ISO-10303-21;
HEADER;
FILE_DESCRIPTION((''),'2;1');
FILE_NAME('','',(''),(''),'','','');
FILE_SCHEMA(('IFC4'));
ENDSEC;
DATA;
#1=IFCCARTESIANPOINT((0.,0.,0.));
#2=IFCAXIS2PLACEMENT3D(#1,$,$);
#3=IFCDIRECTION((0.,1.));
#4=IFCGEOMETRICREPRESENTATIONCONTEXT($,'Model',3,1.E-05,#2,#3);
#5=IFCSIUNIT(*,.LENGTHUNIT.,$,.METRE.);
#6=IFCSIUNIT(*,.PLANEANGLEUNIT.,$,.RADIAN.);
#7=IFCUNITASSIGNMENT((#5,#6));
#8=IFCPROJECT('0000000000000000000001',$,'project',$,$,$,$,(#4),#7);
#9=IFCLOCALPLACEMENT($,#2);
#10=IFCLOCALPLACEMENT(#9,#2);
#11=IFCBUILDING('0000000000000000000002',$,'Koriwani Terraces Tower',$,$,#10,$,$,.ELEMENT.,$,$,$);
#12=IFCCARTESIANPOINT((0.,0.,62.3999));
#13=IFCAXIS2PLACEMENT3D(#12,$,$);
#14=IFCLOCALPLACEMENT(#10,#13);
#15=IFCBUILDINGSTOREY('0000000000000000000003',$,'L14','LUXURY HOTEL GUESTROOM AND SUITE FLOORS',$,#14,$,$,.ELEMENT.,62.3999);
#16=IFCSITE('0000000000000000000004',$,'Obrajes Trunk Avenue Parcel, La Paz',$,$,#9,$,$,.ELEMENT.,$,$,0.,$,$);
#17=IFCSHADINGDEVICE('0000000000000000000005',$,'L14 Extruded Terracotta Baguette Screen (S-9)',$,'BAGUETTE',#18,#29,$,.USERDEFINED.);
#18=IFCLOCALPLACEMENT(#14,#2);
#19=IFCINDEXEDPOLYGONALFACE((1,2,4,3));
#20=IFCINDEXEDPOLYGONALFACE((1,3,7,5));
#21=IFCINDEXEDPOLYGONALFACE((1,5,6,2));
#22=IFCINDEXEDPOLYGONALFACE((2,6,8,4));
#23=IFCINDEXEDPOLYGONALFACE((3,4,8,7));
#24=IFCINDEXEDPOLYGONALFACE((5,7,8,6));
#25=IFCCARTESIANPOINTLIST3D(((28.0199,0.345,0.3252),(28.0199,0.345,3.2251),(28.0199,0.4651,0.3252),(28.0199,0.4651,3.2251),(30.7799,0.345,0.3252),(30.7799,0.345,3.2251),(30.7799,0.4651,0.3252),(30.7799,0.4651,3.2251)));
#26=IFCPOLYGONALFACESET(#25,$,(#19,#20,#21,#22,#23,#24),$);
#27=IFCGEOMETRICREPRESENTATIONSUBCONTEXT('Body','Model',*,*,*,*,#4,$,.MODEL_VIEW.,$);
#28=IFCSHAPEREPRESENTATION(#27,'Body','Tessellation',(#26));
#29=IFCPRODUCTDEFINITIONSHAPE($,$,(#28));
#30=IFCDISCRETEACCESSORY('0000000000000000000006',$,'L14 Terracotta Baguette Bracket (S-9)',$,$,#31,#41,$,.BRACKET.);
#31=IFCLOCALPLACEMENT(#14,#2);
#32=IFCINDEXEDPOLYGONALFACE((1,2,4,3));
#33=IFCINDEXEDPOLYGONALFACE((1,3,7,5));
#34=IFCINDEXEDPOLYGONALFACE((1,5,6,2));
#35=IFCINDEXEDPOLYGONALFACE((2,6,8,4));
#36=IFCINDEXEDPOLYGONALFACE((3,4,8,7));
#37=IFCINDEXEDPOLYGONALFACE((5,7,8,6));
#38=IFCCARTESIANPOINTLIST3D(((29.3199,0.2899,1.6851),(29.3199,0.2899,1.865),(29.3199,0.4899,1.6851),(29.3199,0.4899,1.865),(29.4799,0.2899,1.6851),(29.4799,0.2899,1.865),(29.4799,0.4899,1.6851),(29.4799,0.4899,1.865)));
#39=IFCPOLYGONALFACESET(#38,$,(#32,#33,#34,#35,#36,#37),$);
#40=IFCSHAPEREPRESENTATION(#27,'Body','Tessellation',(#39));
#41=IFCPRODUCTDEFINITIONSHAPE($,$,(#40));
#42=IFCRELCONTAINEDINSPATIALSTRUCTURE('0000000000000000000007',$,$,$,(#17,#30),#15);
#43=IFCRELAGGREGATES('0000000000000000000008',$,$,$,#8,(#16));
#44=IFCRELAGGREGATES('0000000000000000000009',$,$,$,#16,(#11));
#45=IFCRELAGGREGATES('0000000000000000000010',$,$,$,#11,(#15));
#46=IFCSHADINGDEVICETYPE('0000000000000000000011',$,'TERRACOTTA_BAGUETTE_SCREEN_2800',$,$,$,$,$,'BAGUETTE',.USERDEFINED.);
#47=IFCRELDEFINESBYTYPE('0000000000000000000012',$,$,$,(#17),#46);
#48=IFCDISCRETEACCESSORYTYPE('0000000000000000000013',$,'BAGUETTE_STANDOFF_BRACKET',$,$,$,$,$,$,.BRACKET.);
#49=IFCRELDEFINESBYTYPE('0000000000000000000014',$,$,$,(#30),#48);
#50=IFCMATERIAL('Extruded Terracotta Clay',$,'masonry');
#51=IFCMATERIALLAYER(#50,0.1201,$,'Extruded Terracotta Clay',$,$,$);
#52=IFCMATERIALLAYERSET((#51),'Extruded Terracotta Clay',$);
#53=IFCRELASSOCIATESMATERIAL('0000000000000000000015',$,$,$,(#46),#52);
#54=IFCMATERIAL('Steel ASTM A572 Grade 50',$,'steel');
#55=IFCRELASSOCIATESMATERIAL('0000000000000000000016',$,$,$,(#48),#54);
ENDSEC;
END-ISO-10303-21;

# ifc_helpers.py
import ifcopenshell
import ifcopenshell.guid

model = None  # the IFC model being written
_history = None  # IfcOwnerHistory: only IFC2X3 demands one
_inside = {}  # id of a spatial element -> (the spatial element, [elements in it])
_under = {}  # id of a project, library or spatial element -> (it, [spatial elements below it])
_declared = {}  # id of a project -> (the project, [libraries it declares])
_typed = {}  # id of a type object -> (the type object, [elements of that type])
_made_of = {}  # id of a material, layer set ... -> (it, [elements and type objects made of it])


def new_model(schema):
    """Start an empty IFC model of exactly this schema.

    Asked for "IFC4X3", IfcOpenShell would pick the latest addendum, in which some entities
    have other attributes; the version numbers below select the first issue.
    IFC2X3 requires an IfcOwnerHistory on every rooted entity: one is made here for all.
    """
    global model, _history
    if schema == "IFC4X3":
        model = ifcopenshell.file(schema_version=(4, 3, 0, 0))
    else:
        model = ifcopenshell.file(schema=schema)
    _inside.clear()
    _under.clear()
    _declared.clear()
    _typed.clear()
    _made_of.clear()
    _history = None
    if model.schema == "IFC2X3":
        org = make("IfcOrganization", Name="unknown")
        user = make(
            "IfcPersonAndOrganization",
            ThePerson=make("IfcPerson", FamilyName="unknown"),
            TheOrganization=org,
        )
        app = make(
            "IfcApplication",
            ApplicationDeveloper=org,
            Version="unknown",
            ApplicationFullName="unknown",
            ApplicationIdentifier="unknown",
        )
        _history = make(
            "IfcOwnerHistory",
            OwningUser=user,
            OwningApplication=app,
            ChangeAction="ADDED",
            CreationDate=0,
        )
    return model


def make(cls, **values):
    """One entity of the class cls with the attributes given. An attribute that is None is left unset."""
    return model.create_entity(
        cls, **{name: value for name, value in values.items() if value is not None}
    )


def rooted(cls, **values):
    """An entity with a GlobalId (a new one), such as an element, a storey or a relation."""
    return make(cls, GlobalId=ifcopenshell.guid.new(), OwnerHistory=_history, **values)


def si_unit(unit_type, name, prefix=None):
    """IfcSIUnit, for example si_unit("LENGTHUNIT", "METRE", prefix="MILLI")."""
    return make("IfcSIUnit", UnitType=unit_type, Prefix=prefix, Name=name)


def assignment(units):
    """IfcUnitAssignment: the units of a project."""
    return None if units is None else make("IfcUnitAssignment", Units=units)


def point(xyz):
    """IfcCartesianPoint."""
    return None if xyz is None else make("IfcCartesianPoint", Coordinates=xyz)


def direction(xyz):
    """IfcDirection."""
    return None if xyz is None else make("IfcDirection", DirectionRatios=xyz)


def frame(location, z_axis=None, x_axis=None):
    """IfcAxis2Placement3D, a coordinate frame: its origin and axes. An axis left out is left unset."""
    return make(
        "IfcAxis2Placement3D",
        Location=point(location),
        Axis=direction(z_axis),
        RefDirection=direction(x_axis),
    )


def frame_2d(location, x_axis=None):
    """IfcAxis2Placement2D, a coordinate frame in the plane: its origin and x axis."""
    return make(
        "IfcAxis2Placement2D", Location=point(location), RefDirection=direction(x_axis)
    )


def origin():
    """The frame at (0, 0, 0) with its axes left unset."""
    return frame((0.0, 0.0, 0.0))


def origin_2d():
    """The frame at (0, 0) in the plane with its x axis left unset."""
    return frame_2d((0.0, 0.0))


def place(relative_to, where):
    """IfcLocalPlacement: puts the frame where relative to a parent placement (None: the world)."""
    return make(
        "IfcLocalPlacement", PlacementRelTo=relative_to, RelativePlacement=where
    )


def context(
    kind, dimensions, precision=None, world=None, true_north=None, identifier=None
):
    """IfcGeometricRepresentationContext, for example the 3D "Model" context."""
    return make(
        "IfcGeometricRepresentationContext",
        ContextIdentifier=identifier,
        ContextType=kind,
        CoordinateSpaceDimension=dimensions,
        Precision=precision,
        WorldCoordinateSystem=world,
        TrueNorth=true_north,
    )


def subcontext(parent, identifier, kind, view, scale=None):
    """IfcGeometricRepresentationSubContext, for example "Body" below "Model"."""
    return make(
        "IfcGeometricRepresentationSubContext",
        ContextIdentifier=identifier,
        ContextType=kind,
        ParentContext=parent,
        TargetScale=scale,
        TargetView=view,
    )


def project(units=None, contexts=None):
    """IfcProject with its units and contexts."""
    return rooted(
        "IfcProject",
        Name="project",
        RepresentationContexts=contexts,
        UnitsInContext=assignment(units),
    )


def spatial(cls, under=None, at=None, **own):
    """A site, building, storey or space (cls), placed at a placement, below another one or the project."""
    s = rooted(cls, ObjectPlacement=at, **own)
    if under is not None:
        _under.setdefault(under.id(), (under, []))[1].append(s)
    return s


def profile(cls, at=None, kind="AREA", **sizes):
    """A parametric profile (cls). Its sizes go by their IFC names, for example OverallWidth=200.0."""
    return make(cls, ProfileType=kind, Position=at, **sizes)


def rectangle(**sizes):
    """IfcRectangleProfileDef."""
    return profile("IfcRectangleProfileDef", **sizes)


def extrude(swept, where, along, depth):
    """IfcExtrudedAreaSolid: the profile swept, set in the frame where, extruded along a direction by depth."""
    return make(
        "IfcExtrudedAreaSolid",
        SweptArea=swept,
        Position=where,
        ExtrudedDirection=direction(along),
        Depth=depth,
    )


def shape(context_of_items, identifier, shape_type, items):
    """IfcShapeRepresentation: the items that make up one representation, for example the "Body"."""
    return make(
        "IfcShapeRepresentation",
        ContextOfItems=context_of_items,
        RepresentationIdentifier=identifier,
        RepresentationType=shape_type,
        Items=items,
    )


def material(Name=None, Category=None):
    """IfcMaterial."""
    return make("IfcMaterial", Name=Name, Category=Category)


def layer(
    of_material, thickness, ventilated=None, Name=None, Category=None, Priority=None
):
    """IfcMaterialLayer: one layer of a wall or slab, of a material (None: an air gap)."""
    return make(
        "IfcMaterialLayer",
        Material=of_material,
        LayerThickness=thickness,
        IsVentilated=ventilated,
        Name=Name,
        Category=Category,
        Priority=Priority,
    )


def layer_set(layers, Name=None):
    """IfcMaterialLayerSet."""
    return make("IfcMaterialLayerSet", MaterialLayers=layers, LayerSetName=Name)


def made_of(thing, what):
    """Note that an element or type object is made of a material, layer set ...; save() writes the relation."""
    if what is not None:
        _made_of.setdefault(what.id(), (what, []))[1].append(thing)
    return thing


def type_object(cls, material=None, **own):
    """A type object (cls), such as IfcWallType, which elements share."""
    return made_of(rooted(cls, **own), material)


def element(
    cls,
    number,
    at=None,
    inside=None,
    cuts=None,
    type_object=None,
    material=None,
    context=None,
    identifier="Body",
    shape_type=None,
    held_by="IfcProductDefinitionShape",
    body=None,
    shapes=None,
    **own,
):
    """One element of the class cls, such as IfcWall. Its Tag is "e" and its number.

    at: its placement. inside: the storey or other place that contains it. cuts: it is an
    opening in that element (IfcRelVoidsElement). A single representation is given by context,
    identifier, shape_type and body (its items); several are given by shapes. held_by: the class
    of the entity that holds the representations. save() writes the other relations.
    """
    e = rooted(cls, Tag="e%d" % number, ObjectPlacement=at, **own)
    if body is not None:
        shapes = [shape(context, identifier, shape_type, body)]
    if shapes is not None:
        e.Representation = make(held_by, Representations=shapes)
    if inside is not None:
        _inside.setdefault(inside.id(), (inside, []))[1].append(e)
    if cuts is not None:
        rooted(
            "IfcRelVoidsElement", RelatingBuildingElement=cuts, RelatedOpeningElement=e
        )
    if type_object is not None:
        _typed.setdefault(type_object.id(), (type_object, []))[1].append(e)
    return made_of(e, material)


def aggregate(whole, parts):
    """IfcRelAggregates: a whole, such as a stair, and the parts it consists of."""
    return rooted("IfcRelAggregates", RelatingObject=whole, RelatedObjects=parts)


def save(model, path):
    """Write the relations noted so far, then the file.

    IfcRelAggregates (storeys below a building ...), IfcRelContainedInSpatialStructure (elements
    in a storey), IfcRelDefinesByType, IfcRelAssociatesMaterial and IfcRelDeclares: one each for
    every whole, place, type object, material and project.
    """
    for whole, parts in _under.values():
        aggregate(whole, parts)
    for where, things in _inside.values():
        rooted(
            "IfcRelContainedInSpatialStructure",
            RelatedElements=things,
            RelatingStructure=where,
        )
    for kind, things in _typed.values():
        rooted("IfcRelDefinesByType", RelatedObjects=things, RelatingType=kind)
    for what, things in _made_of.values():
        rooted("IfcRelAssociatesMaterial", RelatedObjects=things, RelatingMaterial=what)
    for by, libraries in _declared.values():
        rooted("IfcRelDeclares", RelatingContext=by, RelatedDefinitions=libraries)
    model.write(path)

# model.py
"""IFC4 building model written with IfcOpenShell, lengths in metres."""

from ifc_helpers import new_model, si_unit, direction, frame, origin, origin_2d, place, context, subcontext, project, spatial, rectangle, extrude, material, layer, layer_set, type_object, element, save


model = new_model("IFC4")

# Units and contexts
model_context = context("Model", 3, precision=1e-05, world=origin(), true_north=direction((0.0, 1.0)))
body_context = subcontext(model_context, "Body", "Model", "MODEL_VIEW")
ifc_project = project(units=[si_unit("LENGTHUNIT", "METRE"), si_unit("PLANEANGLEUNIT", "RADIAN")], contexts=[model_context])

# Site, building, storey
site_placement = place(None, origin())
site = spatial("IfcSite", under=ifc_project, at=site_placement, Name="Obrajes Trunk Avenue Parcel, La Paz", CompositionType="ELEMENT", RefElevation=0.0)
building_placement = place(site_placement, origin())
building = spatial("IfcBuilding", under=site, at=building_placement, Name="Koriwani Terraces Tower", CompositionType="ELEMENT")
storey_placement = place(building_placement, frame((0.0, 0.0, 62.3999)))
storey = spatial("IfcBuildingStorey", under=building, at=storey_placement, Name="L14", Description="LUXURY HOTEL GUESTROOM AND SUITE FLOORS", CompositionType="ELEMENT", Elevation=62.3999)

# Shared definitions
ifc_material_1 = material(Name="Steel ASTM A572 Grade 50", Category="steel")

# Shading device
ifc_material_2 = material(Name="Extruded Terracotta Clay", Category="masonry")
ifc_layer_1 = layer(ifc_material_2, 0.1201, Name="Extruded Terracotta Clay")
ifc_layer_set_1 = layer_set([ifc_layer_1], Name="Extruded Terracotta Clay")
shading_device_type = type_object("IfcShadingDeviceType", Name="TERRACOTTA_BAGUETTE_SCREEN_2800", ElementType="BAGUETTE", PredefinedType="USERDEFINED", material=ifc_layer_set_1)
shading_device_placement = place(storey_placement, frame((29.3999, 0.405, 0.3252), z_axis=(0.0, 0.0, 1.0), x_axis=(-1.0, 0.0, 0.0)))
element("IfcShadingDevice", 1, at=shading_device_placement, inside=storey, type_object=shading_device_type, Name="L14 Extruded Terracotta Baguette Screen (S-9)", ObjectType="BAGUETTE", PredefinedType="USERDEFINED", context=body_context, shape_type="SweptSolid", body=[
    extrude(rectangle(XDim=2.76, YDim=0.1201, at=origin_2d()), origin(), (0.0, 0.0, 1.0), 2.8999),
])

# Discrete accessory
discrete_accessory_type = type_object("IfcDiscreteAccessoryType", Name="BAGUETTE_STANDOFF_BRACKET", PredefinedType="BRACKET", material=ifc_material_1)
discrete_accessory_placement = place(storey_placement, frame((29.3999, 0.3899, 1.6851), z_axis=(0.0, 0.0, 1.0), x_axis=(-1.0, 0.0, 0.0)))
element("IfcDiscreteAccessory", 2, at=discrete_accessory_placement, inside=storey, type_object=discrete_accessory_type, Name="L14 Terracotta Baguette Bracket (S-9)", PredefinedType="BRACKET", context=body_context, shape_type="SweptSolid", body=[
    extrude(rectangle(XDim=0.1599, YDim=0.2, at=origin_2d()), origin(), (0.0, 0.0, 1.0), 0.1799),
])

save(model, "model.ifc")
